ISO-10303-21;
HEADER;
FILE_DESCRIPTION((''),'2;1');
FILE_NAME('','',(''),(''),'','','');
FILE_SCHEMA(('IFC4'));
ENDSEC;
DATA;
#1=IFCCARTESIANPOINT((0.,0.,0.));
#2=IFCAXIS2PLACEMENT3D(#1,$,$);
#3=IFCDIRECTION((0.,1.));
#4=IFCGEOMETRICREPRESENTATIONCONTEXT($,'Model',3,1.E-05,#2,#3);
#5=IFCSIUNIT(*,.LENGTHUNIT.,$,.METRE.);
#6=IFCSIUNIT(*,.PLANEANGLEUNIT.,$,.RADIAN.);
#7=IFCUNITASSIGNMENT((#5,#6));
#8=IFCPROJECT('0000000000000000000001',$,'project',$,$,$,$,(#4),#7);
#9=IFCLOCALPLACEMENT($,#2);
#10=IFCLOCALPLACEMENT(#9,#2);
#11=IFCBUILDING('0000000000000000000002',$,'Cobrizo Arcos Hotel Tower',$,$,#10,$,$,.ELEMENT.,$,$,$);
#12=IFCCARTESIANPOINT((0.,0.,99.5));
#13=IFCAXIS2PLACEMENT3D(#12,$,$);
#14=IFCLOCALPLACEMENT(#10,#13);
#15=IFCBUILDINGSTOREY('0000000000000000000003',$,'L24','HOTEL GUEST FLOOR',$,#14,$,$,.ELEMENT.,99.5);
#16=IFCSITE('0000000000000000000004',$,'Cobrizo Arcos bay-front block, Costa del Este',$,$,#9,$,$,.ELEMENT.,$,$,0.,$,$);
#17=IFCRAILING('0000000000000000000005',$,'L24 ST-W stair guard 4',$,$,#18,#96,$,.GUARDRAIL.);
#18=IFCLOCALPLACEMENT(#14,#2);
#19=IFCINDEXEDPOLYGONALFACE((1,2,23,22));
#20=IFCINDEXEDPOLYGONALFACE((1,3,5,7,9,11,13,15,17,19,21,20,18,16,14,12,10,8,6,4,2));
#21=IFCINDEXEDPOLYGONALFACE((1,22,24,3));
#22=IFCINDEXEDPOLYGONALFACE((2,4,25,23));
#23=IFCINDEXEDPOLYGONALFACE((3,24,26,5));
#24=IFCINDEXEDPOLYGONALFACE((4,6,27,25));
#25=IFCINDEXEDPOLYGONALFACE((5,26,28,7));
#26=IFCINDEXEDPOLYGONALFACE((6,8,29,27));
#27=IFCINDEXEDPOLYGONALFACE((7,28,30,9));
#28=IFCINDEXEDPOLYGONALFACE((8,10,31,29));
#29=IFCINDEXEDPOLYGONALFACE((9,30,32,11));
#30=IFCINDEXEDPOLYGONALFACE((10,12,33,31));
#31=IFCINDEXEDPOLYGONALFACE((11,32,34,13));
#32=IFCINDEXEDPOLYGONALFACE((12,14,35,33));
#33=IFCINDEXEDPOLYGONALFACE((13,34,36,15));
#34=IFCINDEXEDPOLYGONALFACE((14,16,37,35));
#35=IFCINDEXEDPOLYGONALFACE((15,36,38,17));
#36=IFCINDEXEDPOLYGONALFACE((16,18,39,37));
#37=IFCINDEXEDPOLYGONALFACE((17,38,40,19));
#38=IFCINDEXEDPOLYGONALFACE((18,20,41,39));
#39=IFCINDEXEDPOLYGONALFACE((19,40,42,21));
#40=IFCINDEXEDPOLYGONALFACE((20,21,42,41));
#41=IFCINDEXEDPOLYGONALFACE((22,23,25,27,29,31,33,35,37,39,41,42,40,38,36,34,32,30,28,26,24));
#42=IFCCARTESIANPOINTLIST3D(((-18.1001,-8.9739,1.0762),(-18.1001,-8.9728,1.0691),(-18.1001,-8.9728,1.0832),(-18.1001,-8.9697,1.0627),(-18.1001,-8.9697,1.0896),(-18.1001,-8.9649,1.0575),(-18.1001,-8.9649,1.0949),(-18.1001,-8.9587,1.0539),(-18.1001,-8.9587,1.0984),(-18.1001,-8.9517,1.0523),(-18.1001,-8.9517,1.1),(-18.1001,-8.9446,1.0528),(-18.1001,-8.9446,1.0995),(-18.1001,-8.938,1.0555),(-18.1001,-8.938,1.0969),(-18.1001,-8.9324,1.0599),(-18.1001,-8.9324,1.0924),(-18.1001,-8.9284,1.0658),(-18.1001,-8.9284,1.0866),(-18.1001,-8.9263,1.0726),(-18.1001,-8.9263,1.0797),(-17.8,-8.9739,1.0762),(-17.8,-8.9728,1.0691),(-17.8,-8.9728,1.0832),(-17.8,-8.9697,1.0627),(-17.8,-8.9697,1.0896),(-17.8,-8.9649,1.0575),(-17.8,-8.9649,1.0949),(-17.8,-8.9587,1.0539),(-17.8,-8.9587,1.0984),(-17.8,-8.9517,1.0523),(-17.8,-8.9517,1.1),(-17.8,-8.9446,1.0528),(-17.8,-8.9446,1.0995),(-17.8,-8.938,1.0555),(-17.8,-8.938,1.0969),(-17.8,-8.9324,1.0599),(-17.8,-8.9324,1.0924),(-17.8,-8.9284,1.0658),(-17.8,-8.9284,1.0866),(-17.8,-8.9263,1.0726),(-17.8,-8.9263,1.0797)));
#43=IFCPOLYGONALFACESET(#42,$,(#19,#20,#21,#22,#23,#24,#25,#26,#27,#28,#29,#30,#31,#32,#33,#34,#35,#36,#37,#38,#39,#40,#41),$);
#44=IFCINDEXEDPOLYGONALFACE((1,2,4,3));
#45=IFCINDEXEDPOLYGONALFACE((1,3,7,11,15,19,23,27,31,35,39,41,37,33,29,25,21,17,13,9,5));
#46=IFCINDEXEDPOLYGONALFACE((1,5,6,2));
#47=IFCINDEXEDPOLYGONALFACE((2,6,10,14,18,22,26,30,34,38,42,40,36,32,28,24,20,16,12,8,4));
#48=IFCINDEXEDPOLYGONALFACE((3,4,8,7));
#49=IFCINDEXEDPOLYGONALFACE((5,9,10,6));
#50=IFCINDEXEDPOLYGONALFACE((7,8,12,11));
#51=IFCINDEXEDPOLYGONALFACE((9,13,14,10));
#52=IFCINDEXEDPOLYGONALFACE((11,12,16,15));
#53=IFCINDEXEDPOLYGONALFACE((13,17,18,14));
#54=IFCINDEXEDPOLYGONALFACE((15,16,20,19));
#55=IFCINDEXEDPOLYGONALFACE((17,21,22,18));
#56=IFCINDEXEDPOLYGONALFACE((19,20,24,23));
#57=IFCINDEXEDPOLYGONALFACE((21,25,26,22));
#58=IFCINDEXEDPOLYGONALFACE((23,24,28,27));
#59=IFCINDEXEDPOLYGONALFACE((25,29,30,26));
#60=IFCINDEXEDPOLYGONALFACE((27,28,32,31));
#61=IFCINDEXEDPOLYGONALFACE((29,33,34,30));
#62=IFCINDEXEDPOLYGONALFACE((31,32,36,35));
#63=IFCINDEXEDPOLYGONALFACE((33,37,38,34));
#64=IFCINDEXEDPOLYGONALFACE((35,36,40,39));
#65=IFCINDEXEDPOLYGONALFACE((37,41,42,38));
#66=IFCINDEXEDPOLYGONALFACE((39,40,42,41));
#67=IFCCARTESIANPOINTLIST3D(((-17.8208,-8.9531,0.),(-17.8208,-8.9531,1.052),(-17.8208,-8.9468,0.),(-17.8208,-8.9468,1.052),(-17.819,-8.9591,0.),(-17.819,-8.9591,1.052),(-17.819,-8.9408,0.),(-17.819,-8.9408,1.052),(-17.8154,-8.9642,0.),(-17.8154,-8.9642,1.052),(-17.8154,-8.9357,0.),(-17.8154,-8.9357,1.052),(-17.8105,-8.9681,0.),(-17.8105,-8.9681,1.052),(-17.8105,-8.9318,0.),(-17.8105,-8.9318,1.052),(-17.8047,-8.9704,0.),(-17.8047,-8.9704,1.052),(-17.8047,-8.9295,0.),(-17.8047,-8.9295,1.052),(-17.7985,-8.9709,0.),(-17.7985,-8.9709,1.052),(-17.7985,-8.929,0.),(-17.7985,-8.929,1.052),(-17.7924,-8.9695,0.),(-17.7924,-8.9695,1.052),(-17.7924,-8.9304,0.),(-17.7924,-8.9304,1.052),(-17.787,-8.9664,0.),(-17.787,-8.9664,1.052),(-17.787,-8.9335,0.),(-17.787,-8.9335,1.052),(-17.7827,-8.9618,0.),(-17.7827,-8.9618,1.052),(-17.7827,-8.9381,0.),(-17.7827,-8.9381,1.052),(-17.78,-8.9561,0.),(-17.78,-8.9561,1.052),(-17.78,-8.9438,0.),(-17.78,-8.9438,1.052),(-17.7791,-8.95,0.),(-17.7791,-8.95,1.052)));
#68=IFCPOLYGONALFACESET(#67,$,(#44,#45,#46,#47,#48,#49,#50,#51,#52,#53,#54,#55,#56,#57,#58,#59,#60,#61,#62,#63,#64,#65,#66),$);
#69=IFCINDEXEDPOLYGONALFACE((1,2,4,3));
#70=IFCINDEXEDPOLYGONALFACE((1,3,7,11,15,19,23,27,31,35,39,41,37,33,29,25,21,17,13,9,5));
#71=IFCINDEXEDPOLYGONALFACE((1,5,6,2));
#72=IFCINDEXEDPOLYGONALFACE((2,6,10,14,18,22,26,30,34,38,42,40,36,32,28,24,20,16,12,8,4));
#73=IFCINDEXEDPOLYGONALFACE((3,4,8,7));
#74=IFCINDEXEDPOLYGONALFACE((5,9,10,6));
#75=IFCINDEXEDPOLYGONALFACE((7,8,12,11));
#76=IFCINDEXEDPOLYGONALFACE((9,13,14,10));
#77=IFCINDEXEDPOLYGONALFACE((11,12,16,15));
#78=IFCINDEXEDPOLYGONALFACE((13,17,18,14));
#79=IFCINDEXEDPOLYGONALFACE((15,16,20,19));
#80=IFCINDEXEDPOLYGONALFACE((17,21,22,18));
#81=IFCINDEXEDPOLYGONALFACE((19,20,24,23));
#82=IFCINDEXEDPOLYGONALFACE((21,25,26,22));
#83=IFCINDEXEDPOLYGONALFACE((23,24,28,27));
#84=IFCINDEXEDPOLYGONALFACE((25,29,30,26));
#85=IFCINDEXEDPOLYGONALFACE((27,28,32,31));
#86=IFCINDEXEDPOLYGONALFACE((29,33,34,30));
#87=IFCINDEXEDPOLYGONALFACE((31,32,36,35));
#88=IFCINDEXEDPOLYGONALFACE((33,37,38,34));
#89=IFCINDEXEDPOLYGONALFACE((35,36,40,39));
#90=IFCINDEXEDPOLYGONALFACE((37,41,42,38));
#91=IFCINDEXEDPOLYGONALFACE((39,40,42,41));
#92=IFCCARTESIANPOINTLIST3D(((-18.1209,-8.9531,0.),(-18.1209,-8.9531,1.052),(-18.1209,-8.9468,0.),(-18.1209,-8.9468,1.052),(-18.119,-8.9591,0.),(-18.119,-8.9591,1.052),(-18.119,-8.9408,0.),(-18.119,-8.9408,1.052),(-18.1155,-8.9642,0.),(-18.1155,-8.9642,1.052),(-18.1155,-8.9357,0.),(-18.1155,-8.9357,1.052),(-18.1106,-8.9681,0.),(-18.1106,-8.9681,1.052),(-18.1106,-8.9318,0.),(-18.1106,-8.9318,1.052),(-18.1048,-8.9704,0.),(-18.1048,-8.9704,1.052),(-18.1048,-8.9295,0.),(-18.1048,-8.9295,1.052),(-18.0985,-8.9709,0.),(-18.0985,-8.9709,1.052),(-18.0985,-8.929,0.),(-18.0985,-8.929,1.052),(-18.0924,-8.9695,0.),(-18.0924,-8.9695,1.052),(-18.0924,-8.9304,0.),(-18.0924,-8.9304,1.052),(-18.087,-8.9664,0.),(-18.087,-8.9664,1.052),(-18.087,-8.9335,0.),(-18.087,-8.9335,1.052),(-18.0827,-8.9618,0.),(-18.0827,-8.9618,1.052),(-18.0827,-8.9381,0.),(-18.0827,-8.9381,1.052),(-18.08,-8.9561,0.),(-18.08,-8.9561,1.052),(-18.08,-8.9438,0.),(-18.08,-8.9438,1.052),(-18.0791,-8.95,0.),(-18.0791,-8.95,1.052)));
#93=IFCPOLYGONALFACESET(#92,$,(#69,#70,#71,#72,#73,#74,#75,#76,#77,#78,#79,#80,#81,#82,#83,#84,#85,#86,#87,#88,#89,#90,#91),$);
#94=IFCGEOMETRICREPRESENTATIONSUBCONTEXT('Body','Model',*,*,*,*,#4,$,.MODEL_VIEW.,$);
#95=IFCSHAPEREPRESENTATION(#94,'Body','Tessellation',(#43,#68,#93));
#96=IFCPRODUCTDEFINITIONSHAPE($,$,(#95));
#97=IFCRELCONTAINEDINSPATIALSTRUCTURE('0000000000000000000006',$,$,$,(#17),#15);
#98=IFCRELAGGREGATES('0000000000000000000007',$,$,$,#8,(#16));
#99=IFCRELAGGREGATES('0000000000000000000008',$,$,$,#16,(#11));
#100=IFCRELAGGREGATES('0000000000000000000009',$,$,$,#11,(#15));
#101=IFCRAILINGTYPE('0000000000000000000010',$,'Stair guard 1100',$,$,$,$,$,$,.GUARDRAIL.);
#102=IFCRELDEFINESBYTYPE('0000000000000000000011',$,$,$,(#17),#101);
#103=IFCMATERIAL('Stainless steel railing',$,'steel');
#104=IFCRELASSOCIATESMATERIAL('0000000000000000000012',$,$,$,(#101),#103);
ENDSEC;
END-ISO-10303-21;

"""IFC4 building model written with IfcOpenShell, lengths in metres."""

from ifc_helpers import new_model, si_unit, direction, frame, origin, origin_2d, place, context, subcontext, project, spatial, circle, extrude, material, type_object, element, save


model = new_model("IFC4")

# Units and contexts
model_context = context("Model", 3, precision=1e-05, world=origin(), true_north=direction((0.0, 1.0)))
body_context = subcontext(model_context, "Body", "Model", "MODEL_VIEW")
ifc_project = project(units=[si_unit("LENGTHUNIT", "METRE"), si_unit("PLANEANGLEUNIT", "RADIAN")], contexts=[model_context])

# Site, building, storey
site_placement = place(None, origin())
site = spatial("IfcSite", under=ifc_project, at=site_placement, Name="Cobrizo Arcos bay-front block, Costa del Este", CompositionType="ELEMENT", RefElevation=0.0)
building_placement = place(site_placement, origin())
building = spatial("IfcBuilding", under=site, at=building_placement, Name="Cobrizo Arcos Hotel Tower", CompositionType="ELEMENT")
storey_placement = place(building_placement, frame((0.0, 0.0, 99.5)))
storey = spatial("IfcBuildingStorey", under=building, at=storey_placement, Name="L24", Description="HOTEL GUEST FLOOR", CompositionType="ELEMENT", Elevation=99.5)

# Railing
ifc_material_1 = material(Name="Stainless steel railing", Category="steel")
railing_type_1 = type_object("IfcRailingType", Name="Stair guard 1100", PredefinedType="GUARDRAIL", material=ifc_material_1)
railing_1_placement = place(storey_placement, frame((-17.8, -8.95, 0.0)))
element("IfcRailing", 1, at=railing_1_placement, inside=storey, type_object=railing_type_1, Name="L24 ST-W stair guard 4", PredefinedType="GUARDRAIL", context=body_context, shape_type="SweptSolid", body=[
    extrude(circle(Radius=0.0239, at=origin_2d()), frame((0.0, 0.0, 1.0762), z_axis=(-1.0, 0.0, 0.0), x_axis=(0.0, -1.0, 0.0)), (0.0, 0.0, 1.0), 0.3),
    extrude(circle(Radius=0.021, at=origin_2d()), origin(), (0.0, 0.0, 1.0), 1.052),
    extrude(circle(Radius=0.021, at=origin_2d()), frame((-0.3, 0.0, 0.0)), (0.0, 0.0, 1.0), 1.052),
])

save(model, "model.ifc")
